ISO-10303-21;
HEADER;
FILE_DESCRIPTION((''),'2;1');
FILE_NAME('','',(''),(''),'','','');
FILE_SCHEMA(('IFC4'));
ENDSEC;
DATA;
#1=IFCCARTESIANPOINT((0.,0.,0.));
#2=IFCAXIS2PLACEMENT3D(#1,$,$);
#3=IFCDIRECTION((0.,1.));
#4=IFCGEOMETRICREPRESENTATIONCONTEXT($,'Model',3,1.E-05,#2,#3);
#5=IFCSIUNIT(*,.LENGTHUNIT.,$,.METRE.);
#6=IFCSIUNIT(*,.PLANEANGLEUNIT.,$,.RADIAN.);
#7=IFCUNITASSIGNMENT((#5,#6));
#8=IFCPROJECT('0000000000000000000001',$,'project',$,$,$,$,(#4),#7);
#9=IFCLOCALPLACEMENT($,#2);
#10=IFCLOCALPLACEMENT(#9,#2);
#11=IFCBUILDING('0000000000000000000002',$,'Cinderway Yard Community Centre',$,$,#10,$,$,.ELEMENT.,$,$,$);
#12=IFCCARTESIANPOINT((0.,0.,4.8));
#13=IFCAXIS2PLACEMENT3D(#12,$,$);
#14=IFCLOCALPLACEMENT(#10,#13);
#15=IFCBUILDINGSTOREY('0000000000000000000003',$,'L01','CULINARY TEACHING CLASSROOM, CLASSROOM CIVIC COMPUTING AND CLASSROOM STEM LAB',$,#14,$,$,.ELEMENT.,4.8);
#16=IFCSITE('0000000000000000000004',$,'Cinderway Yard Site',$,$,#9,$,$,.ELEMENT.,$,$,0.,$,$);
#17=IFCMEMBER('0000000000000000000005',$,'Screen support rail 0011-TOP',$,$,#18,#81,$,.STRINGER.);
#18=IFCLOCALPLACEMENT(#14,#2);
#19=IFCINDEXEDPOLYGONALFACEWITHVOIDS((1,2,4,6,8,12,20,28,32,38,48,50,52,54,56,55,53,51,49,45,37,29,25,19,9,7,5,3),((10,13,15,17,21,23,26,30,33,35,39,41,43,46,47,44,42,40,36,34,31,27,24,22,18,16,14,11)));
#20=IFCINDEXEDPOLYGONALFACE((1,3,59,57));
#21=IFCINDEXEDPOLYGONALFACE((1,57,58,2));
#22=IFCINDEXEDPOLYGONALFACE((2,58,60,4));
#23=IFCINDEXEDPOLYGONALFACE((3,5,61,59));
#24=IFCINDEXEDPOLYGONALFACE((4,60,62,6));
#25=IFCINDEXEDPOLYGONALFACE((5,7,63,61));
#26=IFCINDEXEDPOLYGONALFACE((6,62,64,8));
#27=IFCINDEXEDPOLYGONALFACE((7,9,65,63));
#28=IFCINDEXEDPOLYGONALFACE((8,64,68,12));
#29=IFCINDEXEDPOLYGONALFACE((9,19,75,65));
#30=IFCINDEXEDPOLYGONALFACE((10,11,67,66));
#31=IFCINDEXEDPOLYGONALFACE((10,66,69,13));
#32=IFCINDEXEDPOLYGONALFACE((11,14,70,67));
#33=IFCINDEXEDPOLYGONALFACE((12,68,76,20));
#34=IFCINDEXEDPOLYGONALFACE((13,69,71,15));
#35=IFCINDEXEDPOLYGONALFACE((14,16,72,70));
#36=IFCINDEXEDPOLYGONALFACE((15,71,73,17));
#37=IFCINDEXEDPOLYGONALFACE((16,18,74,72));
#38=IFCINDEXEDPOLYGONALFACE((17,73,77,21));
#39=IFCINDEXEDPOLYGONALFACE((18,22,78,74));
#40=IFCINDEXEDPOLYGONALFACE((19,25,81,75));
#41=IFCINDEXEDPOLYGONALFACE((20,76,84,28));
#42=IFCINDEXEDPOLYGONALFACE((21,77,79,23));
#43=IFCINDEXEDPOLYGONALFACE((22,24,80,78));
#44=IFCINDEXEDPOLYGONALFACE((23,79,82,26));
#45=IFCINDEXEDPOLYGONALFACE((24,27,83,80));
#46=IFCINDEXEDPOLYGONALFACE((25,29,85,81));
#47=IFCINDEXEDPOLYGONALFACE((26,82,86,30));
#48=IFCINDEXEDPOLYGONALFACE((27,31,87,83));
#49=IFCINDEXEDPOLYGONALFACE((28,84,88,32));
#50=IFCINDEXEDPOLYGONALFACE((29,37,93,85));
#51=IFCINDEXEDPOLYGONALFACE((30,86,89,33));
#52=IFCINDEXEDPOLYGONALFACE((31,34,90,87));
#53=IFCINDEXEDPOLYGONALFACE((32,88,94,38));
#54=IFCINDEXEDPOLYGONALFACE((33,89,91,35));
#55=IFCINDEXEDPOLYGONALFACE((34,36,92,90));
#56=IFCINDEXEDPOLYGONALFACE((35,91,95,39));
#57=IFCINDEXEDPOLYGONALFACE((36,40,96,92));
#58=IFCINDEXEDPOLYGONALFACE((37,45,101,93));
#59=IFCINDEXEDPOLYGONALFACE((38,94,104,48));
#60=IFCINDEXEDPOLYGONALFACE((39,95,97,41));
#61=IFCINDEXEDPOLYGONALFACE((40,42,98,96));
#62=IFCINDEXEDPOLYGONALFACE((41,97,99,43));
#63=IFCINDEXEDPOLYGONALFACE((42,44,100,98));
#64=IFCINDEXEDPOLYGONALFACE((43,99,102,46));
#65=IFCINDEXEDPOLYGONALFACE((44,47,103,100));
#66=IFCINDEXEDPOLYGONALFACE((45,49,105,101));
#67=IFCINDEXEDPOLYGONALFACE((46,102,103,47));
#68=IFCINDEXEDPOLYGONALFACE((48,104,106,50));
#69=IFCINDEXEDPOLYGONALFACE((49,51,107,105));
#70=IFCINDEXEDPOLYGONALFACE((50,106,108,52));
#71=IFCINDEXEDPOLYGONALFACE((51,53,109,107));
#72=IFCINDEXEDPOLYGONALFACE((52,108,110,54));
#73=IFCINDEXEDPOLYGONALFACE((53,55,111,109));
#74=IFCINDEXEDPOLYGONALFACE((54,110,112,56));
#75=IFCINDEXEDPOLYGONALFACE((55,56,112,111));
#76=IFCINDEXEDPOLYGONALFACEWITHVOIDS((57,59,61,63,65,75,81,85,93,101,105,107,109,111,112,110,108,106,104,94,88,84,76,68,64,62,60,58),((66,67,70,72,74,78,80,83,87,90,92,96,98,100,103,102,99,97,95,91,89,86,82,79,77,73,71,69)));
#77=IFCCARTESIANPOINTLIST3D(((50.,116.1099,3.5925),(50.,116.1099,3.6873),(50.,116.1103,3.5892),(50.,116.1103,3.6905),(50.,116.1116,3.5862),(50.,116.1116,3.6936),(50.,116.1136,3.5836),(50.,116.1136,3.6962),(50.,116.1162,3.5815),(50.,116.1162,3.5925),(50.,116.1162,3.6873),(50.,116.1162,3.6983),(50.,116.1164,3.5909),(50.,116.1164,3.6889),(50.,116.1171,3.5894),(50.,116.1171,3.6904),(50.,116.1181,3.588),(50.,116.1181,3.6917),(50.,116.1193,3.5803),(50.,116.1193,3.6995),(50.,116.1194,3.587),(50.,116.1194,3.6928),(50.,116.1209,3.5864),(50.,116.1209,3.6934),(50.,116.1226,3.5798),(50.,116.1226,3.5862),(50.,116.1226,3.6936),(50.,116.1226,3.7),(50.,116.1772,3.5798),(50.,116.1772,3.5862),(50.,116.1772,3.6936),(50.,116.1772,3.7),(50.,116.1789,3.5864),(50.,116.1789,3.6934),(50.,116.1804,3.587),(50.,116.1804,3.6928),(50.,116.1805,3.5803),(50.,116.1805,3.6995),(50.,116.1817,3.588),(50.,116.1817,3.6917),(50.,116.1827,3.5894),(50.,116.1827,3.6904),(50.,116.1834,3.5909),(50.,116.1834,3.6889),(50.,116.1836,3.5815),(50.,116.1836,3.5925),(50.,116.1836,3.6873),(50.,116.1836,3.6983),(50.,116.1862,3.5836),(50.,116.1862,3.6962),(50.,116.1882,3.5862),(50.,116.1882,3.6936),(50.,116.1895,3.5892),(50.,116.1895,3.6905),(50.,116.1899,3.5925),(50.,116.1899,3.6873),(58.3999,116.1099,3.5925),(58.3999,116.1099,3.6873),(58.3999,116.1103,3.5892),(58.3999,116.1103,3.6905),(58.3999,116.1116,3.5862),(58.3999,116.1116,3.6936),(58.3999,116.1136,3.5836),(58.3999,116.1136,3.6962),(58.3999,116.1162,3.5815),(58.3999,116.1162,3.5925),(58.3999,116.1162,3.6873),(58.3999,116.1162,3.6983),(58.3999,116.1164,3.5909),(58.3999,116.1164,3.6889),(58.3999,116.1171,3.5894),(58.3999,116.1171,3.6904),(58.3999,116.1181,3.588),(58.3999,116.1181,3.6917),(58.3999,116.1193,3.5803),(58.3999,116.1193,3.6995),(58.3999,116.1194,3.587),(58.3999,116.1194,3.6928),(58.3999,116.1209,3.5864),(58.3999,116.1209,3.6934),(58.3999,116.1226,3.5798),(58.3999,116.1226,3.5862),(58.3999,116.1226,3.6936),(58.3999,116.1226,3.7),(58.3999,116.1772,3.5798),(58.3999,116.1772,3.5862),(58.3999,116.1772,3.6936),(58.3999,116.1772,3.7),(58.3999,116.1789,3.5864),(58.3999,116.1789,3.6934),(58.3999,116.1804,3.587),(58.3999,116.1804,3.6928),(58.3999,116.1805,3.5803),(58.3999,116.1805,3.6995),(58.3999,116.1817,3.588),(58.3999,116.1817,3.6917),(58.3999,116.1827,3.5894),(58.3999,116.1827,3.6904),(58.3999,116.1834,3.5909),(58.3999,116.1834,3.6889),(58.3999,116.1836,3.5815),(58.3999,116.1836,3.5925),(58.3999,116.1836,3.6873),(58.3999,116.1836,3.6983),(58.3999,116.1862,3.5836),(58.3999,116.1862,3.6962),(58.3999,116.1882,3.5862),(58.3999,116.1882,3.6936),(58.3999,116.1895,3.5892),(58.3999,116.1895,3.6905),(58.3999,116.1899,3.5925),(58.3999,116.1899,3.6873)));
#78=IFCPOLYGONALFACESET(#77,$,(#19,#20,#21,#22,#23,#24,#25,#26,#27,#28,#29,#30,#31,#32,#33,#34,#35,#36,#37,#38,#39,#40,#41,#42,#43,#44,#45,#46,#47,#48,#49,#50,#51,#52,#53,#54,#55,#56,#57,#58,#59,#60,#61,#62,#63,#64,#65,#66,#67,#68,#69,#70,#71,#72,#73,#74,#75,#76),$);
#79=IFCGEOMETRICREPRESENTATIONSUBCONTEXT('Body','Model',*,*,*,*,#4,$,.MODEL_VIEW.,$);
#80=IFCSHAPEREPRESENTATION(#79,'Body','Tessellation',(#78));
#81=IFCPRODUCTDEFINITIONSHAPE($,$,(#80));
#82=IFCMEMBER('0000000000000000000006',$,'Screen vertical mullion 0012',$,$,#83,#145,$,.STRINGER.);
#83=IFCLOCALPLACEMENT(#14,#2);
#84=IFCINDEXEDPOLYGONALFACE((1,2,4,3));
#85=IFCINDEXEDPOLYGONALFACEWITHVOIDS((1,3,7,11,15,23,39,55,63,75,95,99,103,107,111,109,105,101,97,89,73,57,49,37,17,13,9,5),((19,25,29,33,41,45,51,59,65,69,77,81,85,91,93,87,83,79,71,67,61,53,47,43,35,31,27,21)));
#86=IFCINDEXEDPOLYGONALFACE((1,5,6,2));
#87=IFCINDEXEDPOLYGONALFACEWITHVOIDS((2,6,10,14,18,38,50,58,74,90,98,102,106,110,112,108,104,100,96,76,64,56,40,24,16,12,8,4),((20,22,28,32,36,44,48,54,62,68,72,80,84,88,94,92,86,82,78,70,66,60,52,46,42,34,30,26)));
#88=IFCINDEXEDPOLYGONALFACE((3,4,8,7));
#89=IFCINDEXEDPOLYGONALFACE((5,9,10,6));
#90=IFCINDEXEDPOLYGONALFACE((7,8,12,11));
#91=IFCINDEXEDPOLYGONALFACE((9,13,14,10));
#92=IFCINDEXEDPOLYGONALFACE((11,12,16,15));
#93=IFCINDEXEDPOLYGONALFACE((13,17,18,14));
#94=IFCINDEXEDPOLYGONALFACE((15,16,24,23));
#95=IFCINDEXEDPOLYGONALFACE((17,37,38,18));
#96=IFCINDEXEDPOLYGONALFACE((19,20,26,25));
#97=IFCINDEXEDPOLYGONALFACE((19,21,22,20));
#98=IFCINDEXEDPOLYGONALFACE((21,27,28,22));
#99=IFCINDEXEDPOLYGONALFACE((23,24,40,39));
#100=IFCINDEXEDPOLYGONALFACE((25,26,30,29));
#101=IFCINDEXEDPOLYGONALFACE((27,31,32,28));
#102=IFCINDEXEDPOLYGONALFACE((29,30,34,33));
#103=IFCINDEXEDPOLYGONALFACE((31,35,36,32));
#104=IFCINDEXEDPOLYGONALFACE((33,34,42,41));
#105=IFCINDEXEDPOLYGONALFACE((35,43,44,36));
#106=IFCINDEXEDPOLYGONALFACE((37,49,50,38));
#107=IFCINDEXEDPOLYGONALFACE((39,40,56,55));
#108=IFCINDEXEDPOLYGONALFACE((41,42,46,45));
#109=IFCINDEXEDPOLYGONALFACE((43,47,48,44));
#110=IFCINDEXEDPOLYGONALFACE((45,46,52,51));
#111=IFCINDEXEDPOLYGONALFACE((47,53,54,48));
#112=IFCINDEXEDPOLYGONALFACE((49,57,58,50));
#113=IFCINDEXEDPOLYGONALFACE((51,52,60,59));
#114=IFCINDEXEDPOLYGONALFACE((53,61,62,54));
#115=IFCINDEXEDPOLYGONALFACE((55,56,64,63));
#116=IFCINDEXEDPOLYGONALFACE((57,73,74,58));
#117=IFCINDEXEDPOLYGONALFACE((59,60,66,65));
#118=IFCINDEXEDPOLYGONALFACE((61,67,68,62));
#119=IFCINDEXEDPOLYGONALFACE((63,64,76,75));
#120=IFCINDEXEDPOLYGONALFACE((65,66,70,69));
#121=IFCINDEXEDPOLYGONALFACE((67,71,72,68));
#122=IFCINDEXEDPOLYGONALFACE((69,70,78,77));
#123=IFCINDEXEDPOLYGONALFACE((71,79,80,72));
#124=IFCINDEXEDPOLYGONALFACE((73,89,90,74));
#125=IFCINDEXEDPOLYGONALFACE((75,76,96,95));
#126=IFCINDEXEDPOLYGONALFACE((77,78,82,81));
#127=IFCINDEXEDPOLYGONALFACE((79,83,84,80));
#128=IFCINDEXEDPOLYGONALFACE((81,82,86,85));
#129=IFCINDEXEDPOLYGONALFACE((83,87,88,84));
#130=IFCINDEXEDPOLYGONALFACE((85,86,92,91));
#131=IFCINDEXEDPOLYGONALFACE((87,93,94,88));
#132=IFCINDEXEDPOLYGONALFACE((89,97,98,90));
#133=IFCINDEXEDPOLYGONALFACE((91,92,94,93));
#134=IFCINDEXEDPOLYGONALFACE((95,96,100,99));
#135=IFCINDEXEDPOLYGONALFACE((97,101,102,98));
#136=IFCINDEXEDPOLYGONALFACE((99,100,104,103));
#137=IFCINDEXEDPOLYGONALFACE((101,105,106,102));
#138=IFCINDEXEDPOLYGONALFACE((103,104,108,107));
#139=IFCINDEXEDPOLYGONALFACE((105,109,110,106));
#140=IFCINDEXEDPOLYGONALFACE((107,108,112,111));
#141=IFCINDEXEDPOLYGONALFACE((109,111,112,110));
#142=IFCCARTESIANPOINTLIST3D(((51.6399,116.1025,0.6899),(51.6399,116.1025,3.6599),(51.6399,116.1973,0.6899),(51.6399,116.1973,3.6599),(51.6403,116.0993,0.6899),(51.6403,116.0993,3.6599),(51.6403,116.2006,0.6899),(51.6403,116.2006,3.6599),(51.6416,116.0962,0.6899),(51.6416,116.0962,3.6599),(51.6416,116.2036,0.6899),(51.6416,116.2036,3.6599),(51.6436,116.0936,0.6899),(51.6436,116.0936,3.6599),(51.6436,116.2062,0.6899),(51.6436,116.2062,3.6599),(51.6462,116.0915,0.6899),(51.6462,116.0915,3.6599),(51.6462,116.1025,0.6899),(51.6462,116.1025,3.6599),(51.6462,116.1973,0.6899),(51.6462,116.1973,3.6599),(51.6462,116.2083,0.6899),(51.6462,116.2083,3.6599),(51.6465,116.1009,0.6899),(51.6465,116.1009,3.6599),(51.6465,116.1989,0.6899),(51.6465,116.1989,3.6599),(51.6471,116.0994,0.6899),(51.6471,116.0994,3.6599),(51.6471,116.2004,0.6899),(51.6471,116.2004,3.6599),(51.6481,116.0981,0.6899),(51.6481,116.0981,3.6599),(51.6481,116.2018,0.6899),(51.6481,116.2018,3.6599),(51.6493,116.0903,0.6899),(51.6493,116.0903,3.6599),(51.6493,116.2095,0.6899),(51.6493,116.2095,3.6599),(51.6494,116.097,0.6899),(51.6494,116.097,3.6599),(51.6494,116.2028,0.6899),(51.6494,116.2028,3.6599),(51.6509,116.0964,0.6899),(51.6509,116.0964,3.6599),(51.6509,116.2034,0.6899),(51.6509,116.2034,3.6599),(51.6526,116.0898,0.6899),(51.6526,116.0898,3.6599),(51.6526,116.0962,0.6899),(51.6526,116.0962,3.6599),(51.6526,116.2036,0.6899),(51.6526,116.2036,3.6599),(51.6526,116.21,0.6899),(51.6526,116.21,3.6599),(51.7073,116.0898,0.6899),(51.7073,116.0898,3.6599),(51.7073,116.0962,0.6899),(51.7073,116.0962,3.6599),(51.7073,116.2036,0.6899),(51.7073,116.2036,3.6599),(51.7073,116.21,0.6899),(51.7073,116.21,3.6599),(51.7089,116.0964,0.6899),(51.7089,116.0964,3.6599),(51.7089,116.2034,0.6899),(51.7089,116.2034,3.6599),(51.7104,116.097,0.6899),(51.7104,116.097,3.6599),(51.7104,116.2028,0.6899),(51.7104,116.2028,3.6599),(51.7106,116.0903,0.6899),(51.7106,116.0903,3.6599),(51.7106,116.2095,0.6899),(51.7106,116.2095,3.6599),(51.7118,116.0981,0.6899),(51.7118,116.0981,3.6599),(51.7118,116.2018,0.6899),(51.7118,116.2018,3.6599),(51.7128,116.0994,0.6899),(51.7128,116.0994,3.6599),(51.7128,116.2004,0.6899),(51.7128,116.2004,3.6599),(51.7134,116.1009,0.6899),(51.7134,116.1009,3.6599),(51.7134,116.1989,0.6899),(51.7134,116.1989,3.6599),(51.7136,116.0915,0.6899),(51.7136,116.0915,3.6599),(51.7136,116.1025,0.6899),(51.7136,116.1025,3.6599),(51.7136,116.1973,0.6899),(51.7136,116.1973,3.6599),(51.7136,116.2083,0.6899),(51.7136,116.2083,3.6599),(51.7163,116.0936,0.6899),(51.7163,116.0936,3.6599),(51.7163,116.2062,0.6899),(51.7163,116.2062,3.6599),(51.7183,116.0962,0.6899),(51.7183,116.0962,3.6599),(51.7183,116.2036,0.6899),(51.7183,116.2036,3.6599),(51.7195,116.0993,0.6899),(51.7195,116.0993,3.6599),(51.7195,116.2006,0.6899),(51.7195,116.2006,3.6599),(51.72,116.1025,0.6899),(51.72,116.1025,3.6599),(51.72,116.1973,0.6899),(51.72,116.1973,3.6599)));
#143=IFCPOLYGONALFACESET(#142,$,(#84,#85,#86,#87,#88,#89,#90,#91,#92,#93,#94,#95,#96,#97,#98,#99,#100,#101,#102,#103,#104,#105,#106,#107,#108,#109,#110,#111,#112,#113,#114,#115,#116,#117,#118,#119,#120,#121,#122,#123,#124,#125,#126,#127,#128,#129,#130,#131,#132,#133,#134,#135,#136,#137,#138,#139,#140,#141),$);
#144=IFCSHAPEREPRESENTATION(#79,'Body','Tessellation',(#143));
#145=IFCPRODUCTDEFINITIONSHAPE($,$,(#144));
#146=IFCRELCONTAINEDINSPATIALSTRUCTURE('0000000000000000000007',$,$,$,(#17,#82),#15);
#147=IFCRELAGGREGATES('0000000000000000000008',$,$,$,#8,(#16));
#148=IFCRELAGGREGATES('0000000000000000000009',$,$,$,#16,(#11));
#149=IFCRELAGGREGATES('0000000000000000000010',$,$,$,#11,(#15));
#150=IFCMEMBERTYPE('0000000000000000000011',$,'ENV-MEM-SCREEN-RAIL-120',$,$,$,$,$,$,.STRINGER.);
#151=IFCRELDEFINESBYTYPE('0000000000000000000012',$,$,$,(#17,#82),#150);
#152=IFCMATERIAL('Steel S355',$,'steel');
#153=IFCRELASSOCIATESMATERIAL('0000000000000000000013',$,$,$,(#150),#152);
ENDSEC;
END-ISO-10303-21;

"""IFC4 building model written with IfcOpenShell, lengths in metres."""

from ifc_helpers import new_model, si_unit, direction, frame, origin, origin_2d, place, context, subcontext, project, spatial, hollow_rectangle, extrude, material, material_profile, profile_set, type_object, element, save


model = new_model("IFC4")

# Units and contexts
model_context = context("Model", 3, precision=1e-05, world=origin(), true_north=direction((0.0, 1.0)))
body_context = subcontext(model_context, "Body", "Model", "MODEL_VIEW")
ifc_project = project(units=[si_unit("LENGTHUNIT", "METRE"), si_unit("PLANEANGLEUNIT", "RADIAN")], contexts=[model_context])

# Site, building, storey
site_placement = place(None, origin())
site = spatial("IfcSite", under=ifc_project, at=site_placement, Name="Cinderway Yard Site", CompositionType="ELEMENT", RefElevation=0.0)
building_placement = place(site_placement, origin())
building = spatial("IfcBuilding", under=site, at=building_placement, Name="Cinderway Yard Community Centre", CompositionType="ELEMENT")
storey_placement = place(building_placement, frame((0.0, 0.0, 4.8)))
storey = spatial("IfcBuildingStorey", under=building, at=storey_placement, Name="L01", Description="CULINARY TEACHING CLASSROOM, CLASSROOM CIVIC COMPUTING AND CLASSROOM STEM LAB", CompositionType="ELEMENT", Elevation=4.8)

# Members
ifc_material_1 = material(Name="Steel S355", Category="steel")
ifc_material_profile_1 = material_profile(ifc_material_1, hollow_rectangle(XDim=0.0801, YDim=0.1201, WallThickness=0.0063, InnerFilletRadius=0.0063, OuterFilletRadius=0.0127, at=origin_2d()), Name="Steel S355")
ifc_profile_set_1 = profile_set([ifc_material_profile_1], Name="Steel S355")
member_type_1 = type_object("IfcMemberType", Name="ENV-MEM-SCREEN-RAIL-120", PredefinedType="STRINGER", material=ifc_profile_set_1)
member_1_placement = place(storey_placement, frame((50.0, 116.1499, 3.6399), z_axis=(1.0, 0.0, 0.0), x_axis=(0.0, 1.0, 0.0)))
element("IfcMember", 1, at=member_1_placement, inside=storey, type_object=member_type_1, Name="Screen support rail 0011-TOP", PredefinedType="STRINGER", context=body_context, shape_type="SweptSolid", body=[
    extrude(hollow_rectangle(XDim=0.0801, YDim=0.1201, WallThickness=0.0063, InnerFilletRadius=0.0063, OuterFilletRadius=0.0127, at=origin_2d()), origin(), (0.0, 0.0, 1.0), 8.3999),
])
for number, where, z_axis, x_axis, name in (
    (2, (51.6799, 116.1499, 0.6899), (0.0, 0.0, 1.0), (1.0, 0.0, 0.0), "Screen vertical mullion 0012"),
):
    element("IfcMember", number, at=place(storey_placement, frame(where, z_axis=z_axis, x_axis=x_axis)), inside=storey, type_object=member_type_1, Name=name, PredefinedType="STRINGER", context=body_context, shape_type="SweptSolid", body=[
        extrude(hollow_rectangle(XDim=0.0801, YDim=0.1201, WallThickness=0.0063, InnerFilletRadius=0.0063, OuterFilletRadius=0.0127, at=origin_2d()), origin(), (0.0, 0.0, 1.0), 2.97),
    ])

save(model, "model.ifc")
